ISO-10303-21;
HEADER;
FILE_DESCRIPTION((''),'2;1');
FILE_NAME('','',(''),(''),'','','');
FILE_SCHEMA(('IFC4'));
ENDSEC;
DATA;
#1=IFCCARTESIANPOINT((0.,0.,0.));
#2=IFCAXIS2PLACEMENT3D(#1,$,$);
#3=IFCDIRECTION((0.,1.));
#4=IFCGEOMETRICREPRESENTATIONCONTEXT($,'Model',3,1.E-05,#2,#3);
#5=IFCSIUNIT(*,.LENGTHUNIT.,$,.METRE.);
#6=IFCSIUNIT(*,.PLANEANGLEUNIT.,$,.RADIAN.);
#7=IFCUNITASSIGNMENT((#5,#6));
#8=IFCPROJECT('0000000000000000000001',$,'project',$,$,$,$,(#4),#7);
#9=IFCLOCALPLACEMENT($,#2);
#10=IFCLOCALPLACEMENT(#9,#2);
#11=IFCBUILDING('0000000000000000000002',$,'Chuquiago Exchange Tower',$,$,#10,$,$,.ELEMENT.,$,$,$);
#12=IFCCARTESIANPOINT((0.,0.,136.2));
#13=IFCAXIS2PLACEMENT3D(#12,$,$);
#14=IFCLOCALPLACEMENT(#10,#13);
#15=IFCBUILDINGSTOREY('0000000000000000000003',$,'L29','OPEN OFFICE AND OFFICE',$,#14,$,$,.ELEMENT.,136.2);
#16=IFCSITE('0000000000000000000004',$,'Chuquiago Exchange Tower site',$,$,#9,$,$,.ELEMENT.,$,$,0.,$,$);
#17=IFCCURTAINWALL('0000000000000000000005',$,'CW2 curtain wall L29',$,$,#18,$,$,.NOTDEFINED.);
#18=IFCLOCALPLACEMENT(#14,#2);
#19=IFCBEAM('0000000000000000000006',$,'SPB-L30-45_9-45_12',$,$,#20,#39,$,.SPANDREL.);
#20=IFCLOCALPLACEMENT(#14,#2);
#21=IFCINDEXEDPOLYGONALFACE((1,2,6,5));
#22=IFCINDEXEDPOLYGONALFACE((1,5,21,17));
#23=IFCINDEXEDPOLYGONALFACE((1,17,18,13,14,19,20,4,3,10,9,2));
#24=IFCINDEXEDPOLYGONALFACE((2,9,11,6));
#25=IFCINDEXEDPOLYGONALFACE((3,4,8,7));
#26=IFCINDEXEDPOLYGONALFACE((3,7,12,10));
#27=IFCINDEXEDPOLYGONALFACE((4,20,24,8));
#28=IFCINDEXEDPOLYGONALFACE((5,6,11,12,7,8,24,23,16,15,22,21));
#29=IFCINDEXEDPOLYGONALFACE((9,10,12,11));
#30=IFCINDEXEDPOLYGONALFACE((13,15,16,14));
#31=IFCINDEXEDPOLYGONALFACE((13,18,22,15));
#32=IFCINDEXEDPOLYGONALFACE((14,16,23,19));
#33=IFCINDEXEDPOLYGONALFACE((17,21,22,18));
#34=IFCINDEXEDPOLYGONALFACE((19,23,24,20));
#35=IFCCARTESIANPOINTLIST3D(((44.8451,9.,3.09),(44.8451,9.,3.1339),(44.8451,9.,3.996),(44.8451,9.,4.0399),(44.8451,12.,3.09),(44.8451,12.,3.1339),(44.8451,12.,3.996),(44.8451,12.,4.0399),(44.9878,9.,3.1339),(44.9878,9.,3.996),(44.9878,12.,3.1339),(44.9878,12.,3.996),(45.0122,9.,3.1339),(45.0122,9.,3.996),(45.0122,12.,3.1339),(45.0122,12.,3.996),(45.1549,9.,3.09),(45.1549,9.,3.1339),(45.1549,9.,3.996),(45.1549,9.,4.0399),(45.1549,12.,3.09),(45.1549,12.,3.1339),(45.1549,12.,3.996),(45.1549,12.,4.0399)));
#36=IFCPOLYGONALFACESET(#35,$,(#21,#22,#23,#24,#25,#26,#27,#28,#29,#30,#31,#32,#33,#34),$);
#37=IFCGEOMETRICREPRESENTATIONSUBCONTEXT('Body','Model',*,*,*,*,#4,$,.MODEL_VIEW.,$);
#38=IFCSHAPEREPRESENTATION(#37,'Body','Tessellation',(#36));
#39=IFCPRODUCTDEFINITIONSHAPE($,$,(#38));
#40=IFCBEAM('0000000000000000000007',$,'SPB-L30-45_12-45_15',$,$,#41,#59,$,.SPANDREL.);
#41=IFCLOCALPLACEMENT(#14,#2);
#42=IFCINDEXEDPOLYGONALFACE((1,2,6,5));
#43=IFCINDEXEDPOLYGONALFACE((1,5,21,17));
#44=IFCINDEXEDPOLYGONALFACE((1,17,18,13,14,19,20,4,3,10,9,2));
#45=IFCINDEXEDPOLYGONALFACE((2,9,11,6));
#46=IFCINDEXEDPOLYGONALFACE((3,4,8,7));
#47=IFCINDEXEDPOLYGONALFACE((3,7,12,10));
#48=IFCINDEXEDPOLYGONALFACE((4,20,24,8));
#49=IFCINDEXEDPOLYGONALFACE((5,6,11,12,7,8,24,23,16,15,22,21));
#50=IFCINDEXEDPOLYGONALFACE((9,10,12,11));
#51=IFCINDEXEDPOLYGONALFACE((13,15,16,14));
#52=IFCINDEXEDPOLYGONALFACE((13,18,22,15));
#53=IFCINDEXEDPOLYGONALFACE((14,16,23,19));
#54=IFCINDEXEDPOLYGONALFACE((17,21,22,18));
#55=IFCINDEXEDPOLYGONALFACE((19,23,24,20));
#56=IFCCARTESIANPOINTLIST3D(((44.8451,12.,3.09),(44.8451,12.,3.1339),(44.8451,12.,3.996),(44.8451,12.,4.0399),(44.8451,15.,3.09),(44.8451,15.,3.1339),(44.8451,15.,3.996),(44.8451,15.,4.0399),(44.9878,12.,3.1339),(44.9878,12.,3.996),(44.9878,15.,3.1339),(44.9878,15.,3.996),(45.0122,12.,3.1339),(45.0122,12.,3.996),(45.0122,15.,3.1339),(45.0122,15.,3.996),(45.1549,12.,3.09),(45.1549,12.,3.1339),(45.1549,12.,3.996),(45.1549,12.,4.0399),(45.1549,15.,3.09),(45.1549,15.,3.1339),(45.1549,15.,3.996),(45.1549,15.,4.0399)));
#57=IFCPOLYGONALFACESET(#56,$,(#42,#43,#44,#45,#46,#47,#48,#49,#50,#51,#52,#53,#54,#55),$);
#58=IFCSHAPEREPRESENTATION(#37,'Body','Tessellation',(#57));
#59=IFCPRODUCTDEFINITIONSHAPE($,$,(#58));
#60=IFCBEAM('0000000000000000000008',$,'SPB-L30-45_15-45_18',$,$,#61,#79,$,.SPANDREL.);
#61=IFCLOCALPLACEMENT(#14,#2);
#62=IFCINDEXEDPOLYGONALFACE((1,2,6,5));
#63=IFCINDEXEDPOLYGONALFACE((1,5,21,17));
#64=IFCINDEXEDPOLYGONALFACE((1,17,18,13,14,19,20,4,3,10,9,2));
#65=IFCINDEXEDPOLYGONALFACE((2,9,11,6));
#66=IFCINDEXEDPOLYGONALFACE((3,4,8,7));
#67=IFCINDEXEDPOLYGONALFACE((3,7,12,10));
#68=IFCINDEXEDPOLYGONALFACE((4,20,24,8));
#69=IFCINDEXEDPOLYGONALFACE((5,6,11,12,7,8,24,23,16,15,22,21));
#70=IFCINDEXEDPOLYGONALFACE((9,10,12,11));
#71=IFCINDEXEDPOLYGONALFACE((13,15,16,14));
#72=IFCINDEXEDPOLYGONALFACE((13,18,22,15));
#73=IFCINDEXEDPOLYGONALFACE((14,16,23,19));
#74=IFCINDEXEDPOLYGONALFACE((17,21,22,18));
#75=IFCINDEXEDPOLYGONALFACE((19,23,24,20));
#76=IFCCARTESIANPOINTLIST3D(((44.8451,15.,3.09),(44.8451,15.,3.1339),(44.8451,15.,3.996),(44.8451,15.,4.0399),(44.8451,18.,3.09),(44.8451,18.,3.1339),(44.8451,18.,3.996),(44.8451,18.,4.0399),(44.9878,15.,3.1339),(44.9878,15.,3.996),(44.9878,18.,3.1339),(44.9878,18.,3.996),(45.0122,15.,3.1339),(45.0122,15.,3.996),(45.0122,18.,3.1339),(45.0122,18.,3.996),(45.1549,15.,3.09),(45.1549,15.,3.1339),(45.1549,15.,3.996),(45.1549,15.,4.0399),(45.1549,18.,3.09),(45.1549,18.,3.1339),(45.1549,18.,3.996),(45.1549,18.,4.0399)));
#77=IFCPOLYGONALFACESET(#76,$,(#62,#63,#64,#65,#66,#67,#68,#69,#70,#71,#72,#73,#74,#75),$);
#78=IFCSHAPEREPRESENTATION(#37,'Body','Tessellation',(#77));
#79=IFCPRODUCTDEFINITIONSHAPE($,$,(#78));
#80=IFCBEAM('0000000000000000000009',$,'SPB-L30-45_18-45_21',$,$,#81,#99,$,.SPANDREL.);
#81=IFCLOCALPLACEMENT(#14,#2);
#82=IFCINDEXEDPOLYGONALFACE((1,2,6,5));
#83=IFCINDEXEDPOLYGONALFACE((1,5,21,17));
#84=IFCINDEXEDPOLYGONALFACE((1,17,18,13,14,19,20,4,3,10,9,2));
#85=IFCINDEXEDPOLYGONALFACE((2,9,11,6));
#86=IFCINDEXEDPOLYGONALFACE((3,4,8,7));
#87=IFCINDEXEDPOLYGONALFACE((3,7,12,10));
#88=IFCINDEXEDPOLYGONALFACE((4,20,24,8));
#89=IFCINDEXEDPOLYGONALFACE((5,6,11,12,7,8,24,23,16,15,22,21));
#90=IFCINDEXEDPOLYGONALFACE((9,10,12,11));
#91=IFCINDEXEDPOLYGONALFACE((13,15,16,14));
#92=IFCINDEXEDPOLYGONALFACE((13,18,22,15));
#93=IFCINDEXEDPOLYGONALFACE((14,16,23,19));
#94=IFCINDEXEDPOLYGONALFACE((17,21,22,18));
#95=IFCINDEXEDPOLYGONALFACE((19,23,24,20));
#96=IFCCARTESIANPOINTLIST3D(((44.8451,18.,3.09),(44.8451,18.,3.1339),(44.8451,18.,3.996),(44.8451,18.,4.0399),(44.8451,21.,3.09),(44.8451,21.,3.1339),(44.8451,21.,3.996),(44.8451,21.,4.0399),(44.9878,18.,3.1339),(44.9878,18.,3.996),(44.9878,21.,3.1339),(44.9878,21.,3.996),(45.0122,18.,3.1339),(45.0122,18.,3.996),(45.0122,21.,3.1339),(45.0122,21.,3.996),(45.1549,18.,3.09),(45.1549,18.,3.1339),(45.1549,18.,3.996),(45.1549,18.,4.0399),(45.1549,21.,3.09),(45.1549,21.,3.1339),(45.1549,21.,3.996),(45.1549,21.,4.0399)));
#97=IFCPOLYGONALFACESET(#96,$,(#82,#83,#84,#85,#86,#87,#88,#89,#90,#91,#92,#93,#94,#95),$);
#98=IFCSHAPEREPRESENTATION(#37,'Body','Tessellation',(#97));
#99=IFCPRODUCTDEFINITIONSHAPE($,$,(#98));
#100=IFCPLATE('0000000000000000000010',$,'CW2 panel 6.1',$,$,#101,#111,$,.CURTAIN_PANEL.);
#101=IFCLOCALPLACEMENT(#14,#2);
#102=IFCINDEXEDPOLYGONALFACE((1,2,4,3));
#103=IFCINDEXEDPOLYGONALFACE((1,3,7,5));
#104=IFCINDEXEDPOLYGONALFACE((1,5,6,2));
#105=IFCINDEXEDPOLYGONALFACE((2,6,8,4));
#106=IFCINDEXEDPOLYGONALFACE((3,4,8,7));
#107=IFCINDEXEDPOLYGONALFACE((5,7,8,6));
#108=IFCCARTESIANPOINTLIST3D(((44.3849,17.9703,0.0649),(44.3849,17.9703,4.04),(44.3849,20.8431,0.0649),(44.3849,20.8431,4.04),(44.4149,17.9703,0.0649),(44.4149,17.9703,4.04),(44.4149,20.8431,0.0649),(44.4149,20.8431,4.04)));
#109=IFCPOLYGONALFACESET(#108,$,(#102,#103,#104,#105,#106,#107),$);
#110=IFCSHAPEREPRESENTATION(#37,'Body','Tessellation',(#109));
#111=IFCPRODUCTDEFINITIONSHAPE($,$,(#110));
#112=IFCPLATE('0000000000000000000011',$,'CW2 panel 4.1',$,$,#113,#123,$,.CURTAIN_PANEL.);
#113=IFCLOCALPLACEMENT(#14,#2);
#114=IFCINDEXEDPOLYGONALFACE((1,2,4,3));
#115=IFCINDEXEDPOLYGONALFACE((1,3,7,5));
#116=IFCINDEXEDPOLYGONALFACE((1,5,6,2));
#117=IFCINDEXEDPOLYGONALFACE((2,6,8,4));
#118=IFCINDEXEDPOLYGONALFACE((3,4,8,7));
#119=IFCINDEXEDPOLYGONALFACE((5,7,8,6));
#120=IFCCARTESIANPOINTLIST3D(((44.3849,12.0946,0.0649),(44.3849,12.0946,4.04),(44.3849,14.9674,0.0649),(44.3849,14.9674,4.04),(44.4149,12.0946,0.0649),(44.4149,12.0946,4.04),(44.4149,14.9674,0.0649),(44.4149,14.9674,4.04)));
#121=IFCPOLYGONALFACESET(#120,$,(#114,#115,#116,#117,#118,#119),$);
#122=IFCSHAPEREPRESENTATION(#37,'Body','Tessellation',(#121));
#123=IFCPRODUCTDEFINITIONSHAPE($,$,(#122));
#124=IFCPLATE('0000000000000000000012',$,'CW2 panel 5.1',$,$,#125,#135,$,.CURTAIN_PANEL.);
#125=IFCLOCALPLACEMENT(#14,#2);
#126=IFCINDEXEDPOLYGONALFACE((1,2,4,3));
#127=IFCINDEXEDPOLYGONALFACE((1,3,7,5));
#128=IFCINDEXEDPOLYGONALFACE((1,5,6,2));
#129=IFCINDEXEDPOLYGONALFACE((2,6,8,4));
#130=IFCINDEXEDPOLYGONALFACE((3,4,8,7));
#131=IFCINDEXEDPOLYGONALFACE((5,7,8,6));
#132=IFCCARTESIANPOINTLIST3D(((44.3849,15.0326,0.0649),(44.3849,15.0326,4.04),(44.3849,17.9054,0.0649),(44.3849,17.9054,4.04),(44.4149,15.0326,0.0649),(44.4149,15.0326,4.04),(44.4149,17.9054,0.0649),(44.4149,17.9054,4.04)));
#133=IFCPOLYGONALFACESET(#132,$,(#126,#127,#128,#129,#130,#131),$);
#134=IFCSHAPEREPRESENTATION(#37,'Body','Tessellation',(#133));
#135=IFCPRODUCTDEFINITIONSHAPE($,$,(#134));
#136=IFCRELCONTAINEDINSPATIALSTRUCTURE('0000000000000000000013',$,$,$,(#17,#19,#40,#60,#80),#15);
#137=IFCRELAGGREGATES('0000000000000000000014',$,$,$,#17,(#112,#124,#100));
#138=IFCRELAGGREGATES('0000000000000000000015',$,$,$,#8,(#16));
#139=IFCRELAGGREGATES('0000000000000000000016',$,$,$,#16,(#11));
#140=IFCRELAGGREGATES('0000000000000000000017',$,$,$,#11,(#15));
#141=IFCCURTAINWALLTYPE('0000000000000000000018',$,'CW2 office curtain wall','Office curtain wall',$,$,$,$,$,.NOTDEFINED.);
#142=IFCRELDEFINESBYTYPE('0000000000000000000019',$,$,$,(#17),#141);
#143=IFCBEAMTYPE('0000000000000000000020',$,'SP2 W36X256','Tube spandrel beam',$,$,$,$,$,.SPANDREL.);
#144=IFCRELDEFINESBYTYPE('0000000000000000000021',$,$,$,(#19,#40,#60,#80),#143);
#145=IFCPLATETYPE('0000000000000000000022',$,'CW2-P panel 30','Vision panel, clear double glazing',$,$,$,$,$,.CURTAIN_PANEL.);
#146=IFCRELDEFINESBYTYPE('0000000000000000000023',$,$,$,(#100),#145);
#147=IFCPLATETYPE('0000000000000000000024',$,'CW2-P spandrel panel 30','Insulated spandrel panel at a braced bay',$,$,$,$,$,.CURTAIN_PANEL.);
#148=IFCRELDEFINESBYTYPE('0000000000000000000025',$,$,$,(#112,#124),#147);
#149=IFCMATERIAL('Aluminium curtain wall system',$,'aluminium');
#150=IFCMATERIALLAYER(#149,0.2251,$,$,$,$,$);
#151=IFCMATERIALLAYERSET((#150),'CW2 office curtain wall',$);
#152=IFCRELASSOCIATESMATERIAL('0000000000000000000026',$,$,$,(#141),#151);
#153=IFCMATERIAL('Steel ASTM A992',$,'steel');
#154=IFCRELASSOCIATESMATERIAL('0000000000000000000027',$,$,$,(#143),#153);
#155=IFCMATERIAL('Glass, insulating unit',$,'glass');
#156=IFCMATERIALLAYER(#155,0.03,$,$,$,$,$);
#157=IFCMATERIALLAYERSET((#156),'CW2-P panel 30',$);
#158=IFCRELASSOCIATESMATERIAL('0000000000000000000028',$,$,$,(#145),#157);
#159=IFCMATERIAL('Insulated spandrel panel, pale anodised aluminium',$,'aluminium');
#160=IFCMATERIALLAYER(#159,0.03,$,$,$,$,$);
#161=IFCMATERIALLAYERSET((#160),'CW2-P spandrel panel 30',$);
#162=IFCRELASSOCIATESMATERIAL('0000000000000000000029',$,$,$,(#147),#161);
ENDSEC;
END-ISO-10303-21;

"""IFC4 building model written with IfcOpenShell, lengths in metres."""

from ifc_helpers import new_model, si_unit, direction, frame, origin, origin_2d, place, context, subcontext, project, spatial, rectangle, i_section, extrude, material, layer, layer_set, material_profile, profile_set, type_object, element, aggregate, save


model = new_model("IFC4")

# Units and contexts
model_context = context("Model", 3, precision=1e-05, world=origin(), true_north=direction((0.0, 1.0)))
body_context = subcontext(model_context, "Body", "Model", "MODEL_VIEW")
ifc_project = project(units=[si_unit("LENGTHUNIT", "METRE"), si_unit("PLANEANGLEUNIT", "RADIAN")], contexts=[model_context])

# Site, building, storey
site_placement = place(None, origin())
site = spatial("IfcSite", under=ifc_project, at=site_placement, Name="Chuquiago Exchange Tower site", CompositionType="ELEMENT", RefElevation=0.0)
building_placement = place(site_placement, origin())
building = spatial("IfcBuilding", under=site, at=building_placement, Name="Chuquiago Exchange Tower", CompositionType="ELEMENT")
storey_placement = place(building_placement, frame((0.0, 0.0, 136.2)))
storey = spatial("IfcBuildingStorey", under=building, at=storey_placement, Name="L29", Description="OPEN OFFICE AND OFFICE", CompositionType="ELEMENT", Elevation=136.2)

# Curtain wall
ifc_material_1 = material(Name="Aluminium curtain wall system", Category="aluminium")
ifc_layer_1 = layer(ifc_material_1, 0.2251)
ifc_layer_set_1 = layer_set([ifc_layer_1], Name="CW2 office curtain wall")
curtain_wall_type = type_object("IfcCurtainWallType", Name="CW2 office curtain wall", Description="Office curtain wall", PredefinedType="NOTDEFINED", material=ifc_layer_set_1)
curtain_wall_placement = place(storey_placement, origin())
curtain_wall = element("IfcCurtainWall", 1, at=curtain_wall_placement, inside=storey, type_object=curtain_wall_type, Name="CW2 curtain wall L29", PredefinedType="NOTDEFINED")

# Beams
ifc_material_2 = material(Name="Steel ASTM A992", Category="steel")
ifc_material_profile_1 = material_profile(ifc_material_2, i_section(OverallWidth=0.3098, OverallDepth=0.95, WebThickness=0.0244, FlangeThickness=0.0439, at=origin_2d()), Name="W36X256")
ifc_profile_set_1 = profile_set([ifc_material_profile_1], Name="Steel ASTM A992")
beam_type = type_object("IfcBeamType", Name="SP2 W36X256", Description="Tube spandrel beam", PredefinedType="SPANDREL", material=ifc_profile_set_1)
for number, where, z_axis, x_axis, name in (
    (2, (45.0, 9.0, 3.5649), (0.0, 1.0, 0.0), (-1.0, 0.0, 0.0), "SPB-L30-45_9-45_12"),
    (3, (45.0, 12.0, 3.5649), (0.0, 1.0, 0.0), (-1.0, 0.0, 0.0), "SPB-L30-45_12-45_15"),
    (4, (45.0, 15.0, 3.5649), (0.0, 1.0, 0.0), (-1.0, 0.0, 0.0), "SPB-L30-45_15-45_18"),
    (5, (45.0, 18.0, 3.5649), (0.0, 1.0, 0.0), (-1.0, 0.0, 0.0), "SPB-L30-45_18-45_21"),
):
    element("IfcBeam", number, at=place(storey_placement, frame(where, z_axis=z_axis, x_axis=x_axis)), inside=storey, type_object=beam_type, Name=name, PredefinedType="SPANDREL", context=body_context, shape_type="SweptSolid", body=[
        extrude(i_section(OverallWidth=0.3098, OverallDepth=0.95, WebThickness=0.0244, FlangeThickness=0.0439, at=origin_2d()), origin(), (0.0, 0.0, 1.0), 3.0),
    ])

# Plates
ifc_material_3 = material(Name="Glass, insulating unit", Category="glass")
ifc_layer_2 = layer(ifc_material_3, 0.03)
ifc_layer_set_2 = layer_set([ifc_layer_2], Name="CW2-P panel 30")
plate_type_1 = type_object("IfcPlateType", Name="CW2-P panel 30", Description="Vision panel, clear double glazing", PredefinedType="CURTAIN_PANEL", material=ifc_layer_set_2)
plate_1_placement = place(storey_placement, frame((44.3999, 19.4067, 0.0649), z_axis=(0.0, 0.0, 1.0), x_axis=(0.0, 1.0, 0.0)))
plate_1 = element("IfcPlate", 6, at=plate_1_placement, type_object=plate_type_1, Name="CW2 panel 6.1", PredefinedType="CURTAIN_PANEL", context=body_context, shape_type="SweptSolid", body=[
    extrude(rectangle(XDim=2.8728, YDim=0.03, at=origin_2d()), origin(), (0.0, 0.0, 1.0), 3.9751),
])
ifc_material_4 = material(Name="Insulated spandrel panel, pale anodised aluminium", Category="aluminium")
ifc_layer_3 = layer(ifc_material_4, 0.03)
ifc_layer_set_3 = layer_set([ifc_layer_3], Name="CW2-P spandrel panel 30")
plate_type_2 = type_object("IfcPlateType", Name="CW2-P spandrel panel 30", Description="Insulated spandrel panel at a braced bay", PredefinedType="CURTAIN_PANEL", material=ifc_layer_set_3)
plate_2_placement = place(storey_placement, frame((44.3999, 13.531, 0.0649), z_axis=(0.0, 0.0, 1.0), x_axis=(0.0, 1.0, 0.0)))
plate_2 = element("IfcPlate", 7, at=plate_2_placement, type_object=plate_type_2, Name="CW2 panel 4.1", PredefinedType="CURTAIN_PANEL", context=body_context, shape_type="SweptSolid", body=[
    extrude(rectangle(XDim=2.8728, YDim=0.03, at=origin_2d()), origin(), (0.0, 0.0, 1.0), 3.9751),
])
plate_3_placement = place(storey_placement, frame((44.3999, 16.469, 0.0649), z_axis=(0.0, 0.0, 1.0), x_axis=(0.0, 1.0, 0.0)))
plate_3 = element("IfcPlate", 8, at=plate_3_placement, type_object=plate_type_2, Name="CW2 panel 5.1", PredefinedType="CURTAIN_PANEL", context=body_context, shape_type="SweptSolid", body=[
    extrude(rectangle(XDim=2.8728, YDim=0.03, at=origin_2d()), origin(), (0.0, 0.0, 1.0), 3.9751),
])
aggregate(curtain_wall, [plate_2, plate_3, plate_1])

save(model, "model.ifc")
